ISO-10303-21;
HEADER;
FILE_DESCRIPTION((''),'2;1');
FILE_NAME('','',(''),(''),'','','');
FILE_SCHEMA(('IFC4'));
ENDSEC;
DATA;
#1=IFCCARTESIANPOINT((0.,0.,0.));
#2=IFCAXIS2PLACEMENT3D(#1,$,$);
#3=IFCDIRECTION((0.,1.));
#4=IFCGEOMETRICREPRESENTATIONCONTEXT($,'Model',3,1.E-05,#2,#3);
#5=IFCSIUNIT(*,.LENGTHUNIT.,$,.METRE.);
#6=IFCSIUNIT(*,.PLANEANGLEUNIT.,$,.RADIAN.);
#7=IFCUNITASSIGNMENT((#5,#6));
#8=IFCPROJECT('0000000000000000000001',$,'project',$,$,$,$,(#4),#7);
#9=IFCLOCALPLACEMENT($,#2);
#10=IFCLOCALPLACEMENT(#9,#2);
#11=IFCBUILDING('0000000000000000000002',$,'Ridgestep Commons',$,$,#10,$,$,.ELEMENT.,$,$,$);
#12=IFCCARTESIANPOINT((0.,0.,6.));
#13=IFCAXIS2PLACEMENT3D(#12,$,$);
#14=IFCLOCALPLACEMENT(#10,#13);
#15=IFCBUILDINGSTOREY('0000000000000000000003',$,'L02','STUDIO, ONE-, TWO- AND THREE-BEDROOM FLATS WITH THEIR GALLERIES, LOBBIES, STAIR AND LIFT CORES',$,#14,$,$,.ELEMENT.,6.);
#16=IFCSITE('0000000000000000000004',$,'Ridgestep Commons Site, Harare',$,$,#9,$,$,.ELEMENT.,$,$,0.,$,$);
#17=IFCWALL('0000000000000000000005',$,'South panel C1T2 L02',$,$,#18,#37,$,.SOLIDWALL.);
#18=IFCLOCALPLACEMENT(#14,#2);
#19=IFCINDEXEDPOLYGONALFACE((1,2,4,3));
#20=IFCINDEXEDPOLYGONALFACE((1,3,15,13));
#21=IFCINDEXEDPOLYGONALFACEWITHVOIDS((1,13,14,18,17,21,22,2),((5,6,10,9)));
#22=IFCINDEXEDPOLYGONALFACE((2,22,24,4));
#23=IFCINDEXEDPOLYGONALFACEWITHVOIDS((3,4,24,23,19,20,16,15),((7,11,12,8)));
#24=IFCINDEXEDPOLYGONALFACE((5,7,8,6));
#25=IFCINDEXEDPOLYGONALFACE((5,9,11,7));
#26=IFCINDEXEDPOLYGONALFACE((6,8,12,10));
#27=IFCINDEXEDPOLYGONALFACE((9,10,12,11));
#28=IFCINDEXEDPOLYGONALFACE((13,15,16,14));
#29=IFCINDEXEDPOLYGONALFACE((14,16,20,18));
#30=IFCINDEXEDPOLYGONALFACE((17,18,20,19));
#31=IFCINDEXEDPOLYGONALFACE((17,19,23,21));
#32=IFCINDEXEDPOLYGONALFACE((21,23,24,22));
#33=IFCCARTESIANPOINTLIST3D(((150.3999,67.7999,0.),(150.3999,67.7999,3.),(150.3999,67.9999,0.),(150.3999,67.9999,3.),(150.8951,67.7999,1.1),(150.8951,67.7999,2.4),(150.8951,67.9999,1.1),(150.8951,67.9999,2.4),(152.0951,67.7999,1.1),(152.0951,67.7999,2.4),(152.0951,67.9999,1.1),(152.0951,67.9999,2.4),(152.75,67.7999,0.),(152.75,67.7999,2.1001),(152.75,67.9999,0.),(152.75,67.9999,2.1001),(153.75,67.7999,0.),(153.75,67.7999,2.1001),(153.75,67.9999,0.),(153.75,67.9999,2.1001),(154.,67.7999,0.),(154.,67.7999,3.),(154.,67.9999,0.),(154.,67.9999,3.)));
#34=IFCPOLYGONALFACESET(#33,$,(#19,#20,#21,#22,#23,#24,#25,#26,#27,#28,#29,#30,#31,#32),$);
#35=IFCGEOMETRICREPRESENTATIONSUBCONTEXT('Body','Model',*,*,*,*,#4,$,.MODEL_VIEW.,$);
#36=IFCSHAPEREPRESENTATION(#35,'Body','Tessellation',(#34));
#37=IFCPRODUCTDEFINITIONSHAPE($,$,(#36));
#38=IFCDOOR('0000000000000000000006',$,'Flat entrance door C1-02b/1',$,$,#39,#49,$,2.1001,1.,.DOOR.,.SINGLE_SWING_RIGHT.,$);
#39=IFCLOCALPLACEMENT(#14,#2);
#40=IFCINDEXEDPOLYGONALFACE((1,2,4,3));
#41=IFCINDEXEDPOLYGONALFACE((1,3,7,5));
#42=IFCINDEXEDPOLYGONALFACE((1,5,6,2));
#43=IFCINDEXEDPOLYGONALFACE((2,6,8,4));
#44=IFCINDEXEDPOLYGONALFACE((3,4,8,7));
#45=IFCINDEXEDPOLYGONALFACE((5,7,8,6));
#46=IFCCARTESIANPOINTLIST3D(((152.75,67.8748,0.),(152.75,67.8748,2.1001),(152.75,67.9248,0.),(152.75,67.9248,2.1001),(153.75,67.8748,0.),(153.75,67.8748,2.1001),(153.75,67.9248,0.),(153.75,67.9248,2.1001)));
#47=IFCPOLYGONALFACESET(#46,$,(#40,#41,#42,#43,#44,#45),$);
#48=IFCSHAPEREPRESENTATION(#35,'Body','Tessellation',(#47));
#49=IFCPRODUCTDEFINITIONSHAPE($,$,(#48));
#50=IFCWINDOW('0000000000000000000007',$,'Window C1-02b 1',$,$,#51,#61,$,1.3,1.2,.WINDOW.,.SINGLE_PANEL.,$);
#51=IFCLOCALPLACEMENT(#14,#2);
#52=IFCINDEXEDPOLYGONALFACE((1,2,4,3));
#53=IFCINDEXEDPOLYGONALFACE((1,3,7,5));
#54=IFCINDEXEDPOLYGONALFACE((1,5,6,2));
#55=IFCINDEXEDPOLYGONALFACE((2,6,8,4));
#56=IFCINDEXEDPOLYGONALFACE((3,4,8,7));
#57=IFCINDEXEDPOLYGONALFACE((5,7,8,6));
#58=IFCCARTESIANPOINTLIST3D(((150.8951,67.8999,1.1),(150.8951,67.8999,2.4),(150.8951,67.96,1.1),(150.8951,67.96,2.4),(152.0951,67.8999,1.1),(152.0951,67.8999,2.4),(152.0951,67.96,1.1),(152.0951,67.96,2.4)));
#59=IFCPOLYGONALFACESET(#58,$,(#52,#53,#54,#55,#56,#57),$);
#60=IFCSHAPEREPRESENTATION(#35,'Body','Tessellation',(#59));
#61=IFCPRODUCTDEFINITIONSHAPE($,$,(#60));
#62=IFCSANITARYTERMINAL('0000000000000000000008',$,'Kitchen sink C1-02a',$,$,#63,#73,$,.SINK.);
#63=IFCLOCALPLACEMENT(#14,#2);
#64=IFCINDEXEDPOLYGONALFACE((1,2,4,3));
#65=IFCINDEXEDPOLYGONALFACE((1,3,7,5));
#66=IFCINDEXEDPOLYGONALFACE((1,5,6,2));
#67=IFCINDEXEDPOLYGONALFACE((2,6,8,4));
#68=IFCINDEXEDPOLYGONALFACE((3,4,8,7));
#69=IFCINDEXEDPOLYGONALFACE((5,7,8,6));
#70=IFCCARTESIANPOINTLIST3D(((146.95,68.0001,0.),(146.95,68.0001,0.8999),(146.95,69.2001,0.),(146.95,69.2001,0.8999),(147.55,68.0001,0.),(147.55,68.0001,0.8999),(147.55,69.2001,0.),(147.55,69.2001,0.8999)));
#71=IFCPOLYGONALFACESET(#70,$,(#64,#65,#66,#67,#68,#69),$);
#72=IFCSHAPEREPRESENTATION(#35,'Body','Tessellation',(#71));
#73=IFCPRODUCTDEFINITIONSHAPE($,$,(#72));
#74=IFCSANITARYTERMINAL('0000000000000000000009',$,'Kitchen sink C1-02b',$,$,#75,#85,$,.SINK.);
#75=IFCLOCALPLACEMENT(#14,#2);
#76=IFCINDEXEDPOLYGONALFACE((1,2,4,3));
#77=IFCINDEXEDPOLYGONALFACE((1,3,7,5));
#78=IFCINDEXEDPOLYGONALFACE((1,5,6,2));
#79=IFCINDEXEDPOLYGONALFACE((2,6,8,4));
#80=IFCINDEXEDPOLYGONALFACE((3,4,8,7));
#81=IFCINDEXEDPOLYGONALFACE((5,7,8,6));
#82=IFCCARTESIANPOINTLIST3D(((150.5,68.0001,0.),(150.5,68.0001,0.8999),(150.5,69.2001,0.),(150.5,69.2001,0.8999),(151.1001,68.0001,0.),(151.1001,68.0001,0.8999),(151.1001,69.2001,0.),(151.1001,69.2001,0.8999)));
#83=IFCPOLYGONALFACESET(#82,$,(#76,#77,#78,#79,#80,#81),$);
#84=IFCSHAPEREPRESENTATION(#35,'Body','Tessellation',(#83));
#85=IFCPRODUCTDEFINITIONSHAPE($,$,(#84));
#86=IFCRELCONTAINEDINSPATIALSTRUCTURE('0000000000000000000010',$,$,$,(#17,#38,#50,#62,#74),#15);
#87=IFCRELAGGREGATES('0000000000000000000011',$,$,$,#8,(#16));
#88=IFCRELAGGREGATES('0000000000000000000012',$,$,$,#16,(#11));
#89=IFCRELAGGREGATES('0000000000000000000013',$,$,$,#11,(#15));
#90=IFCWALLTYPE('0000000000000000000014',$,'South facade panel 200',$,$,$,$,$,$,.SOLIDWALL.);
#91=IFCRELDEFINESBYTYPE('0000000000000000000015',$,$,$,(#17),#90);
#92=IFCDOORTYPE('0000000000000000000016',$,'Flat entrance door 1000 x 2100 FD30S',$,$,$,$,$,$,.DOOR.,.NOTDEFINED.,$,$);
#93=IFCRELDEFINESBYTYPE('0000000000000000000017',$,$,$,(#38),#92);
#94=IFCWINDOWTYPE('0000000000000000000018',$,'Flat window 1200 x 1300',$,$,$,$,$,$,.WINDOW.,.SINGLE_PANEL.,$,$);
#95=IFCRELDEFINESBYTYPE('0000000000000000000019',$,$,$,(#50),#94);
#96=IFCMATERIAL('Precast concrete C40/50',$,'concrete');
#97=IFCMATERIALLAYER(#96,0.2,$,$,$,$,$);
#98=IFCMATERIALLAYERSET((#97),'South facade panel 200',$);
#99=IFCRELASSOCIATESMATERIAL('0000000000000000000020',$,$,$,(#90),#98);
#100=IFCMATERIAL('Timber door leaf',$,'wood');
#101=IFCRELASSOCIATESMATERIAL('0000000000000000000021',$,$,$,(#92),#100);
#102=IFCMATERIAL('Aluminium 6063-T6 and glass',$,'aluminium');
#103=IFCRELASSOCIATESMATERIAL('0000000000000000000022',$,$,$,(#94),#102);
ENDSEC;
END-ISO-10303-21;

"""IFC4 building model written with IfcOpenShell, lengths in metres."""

from ifc_helpers import new_model, si_unit, direction, frame, frame_2d, origin, origin_2d, place, context, subcontext, project, spatial, rectangle, extrude, material, layer, layer_set, type_object, element, fill, save


model = new_model("IFC4")

# Units and contexts
model_context = context("Model", 3, precision=1e-05, world=origin(), true_north=direction((0.0, 1.0)))
body_context = subcontext(model_context, "Body", "Model", "MODEL_VIEW")
ifc_project = project(units=[si_unit("LENGTHUNIT", "METRE"), si_unit("PLANEANGLEUNIT", "RADIAN")], contexts=[model_context])

# Site, building, storey
site_placement = place(None, origin())
site = spatial("IfcSite", under=ifc_project, at=site_placement, Name="Ridgestep Commons Site, Harare", CompositionType="ELEMENT", RefElevation=0.0)
building_placement = place(site_placement, origin())
building = spatial("IfcBuilding", under=site, at=building_placement, Name="Ridgestep Commons", CompositionType="ELEMENT")
storey_placement = place(building_placement, frame((0.0, 0.0, 6.0)))
storey = spatial("IfcBuildingStorey", under=building, at=storey_placement, Name="L02", Description="STUDIO, ONE-, TWO- AND THREE-BEDROOM FLATS WITH THEIR GALLERIES, LOBBIES, STAIR AND LIFT CORES", CompositionType="ELEMENT", Elevation=6.0)

# Wall, openings, door, window
ifc_material_1 = material(Name="Precast concrete C40/50", Category="concrete")
ifc_layer_1 = layer(ifc_material_1, 0.2)
ifc_layer_set_1 = layer_set([ifc_layer_1], Name="South facade panel 200")
wall_type_1 = type_object("IfcWallType", Name="South facade panel 200", PredefinedType="SOLIDWALL", material=ifc_layer_set_1)
ifc_material_2 = material(Name="Timber door leaf", Category="wood")
door_type_1 = type_object("IfcDoorType", Name="Flat entrance door 1000 x 2100 FD30S", OperationType="NOTDEFINED", PredefinedType="DOOR", material=ifc_material_2)
ifc_material_3 = material(Name="Aluminium 6063-T6 and glass", Category="aluminium")
window_type = type_object("IfcWindowType", Name="Flat window 1200 x 1300", PartitioningType="SINGLE_PANEL", PredefinedType="WINDOW", material=ifc_material_3)
wall_1_placement = place(storey_placement, frame((150.3999, 67.8999, 0.0), z_axis=(0.0, 0.0, 1.0), x_axis=(1.0, 0.0, 0.0)))
wall_1 = element("IfcWall", 1, at=wall_1_placement, inside=storey, type_object=wall_type_1, Name="South panel C1T2 L02", PredefinedType="SOLIDWALL", context=body_context, shape_type="SweptSolid", body=[
    extrude(rectangle(XDim=3.6001, YDim=0.2, at=frame_2d((1.8, 0.0))), origin(), (0.0, 0.0, 1.0), 3.0),
])
opening_1_placement = place(wall_1_placement, frame((0.4951, 0.0, 1.1001)))
opening_1 = element("IfcOpeningElement", 2, at=opening_1_placement, cuts=wall_1, PredefinedType="OPENING", context=body_context, shape_type="SweptSolid", body=[
    extrude(rectangle(XDim=1.2, YDim=1.3, at=frame_2d((0.6001, 0.6499))), frame((0.0, 0.1099, 0.0), z_axis=(0.0, -1.0, 0.0), x_axis=(1.0, 0.0, 0.0)), (0.0, 0.0, 1.0), 0.22),
])
opening_2_placement = place(wall_1_placement, frame((2.3501, 0.0, 0.0)))
opening_2 = element("IfcOpeningElement", 3, at=opening_2_placement, cuts=wall_1, PredefinedType="OPENING", context=body_context, shape_type="SweptSolid", body=[
    extrude(rectangle(XDim=1.0, YDim=2.1001, at=frame_2d((0.5, 1.05))), frame((0.0, 0.1099, 0.0), z_axis=(0.0, -1.0, 0.0), x_axis=(1.0, 0.0, 0.0)), (0.0, 0.0, 1.0), 0.22),
])
door_1_placement = place(opening_2_placement, origin())
door_1 = element("IfcDoor", 4, at=door_1_placement, inside=storey, type_object=door_type_1, Name="Flat entrance door C1-02b/1", OperationType="SINGLE_SWING_RIGHT", OverallHeight=2.1001, OverallWidth=1.0, PredefinedType="DOOR", context=body_context, shape_type="SweptSolid", body=[
    extrude(rectangle(XDim=1.0, YDim=2.1001, at=frame_2d((0.5, 1.05))), frame((0.0, 0.0249, 0.0), z_axis=(0.0, -1.0, 0.0), x_axis=(1.0, 0.0, 0.0)), (0.0, 0.0, 1.0), 0.05),
])
fill(opening_2, door_1)
window_1_placement = place(opening_1_placement, origin())
window_1 = element("IfcWindow", 5, at=window_1_placement, inside=storey, type_object=window_type, Name="Window C1-02b 1", OverallHeight=1.3, OverallWidth=1.2, PartitioningType="SINGLE_PANEL", PredefinedType="WINDOW", context=body_context, shape_type="SweptSolid", body=[
    extrude(rectangle(XDim=1.2, YDim=1.3, at=frame_2d((0.6001, 0.6499))), frame((0.0, 0.0601, 0.0), z_axis=(0.0, -1.0, 0.0), x_axis=(1.0, 0.0, 0.0)), (0.0, 0.0, 1.0), 0.0601),
])
fill(opening_1, window_1)

# Sanitary terminals
for number, where, z_axis, x_axis, name in (
    (6, (147.25, 68.6001, 0.0), (0.0, 0.0, 1.0), (1.0, 0.0, 0.0), "Kitchen sink C1-02a"),
    (7, (150.8, 68.6001, 0.0), (0.0, 0.0, 1.0), (1.0, 0.0, 0.0), "Kitchen sink C1-02b"),
):
    element("IfcSanitaryTerminal", number, at=place(storey_placement, frame(where, z_axis=z_axis, x_axis=x_axis)), inside=storey, Name=name, PredefinedType="SINK", context=body_context, shape_type="SweptSolid", body=[
        extrude(rectangle(XDim=0.6001, YDim=1.2, at=origin_2d()), origin(), (0.0, 0.0, 1.0), 0.8999),
    ])

save(model, "model.ifc")
